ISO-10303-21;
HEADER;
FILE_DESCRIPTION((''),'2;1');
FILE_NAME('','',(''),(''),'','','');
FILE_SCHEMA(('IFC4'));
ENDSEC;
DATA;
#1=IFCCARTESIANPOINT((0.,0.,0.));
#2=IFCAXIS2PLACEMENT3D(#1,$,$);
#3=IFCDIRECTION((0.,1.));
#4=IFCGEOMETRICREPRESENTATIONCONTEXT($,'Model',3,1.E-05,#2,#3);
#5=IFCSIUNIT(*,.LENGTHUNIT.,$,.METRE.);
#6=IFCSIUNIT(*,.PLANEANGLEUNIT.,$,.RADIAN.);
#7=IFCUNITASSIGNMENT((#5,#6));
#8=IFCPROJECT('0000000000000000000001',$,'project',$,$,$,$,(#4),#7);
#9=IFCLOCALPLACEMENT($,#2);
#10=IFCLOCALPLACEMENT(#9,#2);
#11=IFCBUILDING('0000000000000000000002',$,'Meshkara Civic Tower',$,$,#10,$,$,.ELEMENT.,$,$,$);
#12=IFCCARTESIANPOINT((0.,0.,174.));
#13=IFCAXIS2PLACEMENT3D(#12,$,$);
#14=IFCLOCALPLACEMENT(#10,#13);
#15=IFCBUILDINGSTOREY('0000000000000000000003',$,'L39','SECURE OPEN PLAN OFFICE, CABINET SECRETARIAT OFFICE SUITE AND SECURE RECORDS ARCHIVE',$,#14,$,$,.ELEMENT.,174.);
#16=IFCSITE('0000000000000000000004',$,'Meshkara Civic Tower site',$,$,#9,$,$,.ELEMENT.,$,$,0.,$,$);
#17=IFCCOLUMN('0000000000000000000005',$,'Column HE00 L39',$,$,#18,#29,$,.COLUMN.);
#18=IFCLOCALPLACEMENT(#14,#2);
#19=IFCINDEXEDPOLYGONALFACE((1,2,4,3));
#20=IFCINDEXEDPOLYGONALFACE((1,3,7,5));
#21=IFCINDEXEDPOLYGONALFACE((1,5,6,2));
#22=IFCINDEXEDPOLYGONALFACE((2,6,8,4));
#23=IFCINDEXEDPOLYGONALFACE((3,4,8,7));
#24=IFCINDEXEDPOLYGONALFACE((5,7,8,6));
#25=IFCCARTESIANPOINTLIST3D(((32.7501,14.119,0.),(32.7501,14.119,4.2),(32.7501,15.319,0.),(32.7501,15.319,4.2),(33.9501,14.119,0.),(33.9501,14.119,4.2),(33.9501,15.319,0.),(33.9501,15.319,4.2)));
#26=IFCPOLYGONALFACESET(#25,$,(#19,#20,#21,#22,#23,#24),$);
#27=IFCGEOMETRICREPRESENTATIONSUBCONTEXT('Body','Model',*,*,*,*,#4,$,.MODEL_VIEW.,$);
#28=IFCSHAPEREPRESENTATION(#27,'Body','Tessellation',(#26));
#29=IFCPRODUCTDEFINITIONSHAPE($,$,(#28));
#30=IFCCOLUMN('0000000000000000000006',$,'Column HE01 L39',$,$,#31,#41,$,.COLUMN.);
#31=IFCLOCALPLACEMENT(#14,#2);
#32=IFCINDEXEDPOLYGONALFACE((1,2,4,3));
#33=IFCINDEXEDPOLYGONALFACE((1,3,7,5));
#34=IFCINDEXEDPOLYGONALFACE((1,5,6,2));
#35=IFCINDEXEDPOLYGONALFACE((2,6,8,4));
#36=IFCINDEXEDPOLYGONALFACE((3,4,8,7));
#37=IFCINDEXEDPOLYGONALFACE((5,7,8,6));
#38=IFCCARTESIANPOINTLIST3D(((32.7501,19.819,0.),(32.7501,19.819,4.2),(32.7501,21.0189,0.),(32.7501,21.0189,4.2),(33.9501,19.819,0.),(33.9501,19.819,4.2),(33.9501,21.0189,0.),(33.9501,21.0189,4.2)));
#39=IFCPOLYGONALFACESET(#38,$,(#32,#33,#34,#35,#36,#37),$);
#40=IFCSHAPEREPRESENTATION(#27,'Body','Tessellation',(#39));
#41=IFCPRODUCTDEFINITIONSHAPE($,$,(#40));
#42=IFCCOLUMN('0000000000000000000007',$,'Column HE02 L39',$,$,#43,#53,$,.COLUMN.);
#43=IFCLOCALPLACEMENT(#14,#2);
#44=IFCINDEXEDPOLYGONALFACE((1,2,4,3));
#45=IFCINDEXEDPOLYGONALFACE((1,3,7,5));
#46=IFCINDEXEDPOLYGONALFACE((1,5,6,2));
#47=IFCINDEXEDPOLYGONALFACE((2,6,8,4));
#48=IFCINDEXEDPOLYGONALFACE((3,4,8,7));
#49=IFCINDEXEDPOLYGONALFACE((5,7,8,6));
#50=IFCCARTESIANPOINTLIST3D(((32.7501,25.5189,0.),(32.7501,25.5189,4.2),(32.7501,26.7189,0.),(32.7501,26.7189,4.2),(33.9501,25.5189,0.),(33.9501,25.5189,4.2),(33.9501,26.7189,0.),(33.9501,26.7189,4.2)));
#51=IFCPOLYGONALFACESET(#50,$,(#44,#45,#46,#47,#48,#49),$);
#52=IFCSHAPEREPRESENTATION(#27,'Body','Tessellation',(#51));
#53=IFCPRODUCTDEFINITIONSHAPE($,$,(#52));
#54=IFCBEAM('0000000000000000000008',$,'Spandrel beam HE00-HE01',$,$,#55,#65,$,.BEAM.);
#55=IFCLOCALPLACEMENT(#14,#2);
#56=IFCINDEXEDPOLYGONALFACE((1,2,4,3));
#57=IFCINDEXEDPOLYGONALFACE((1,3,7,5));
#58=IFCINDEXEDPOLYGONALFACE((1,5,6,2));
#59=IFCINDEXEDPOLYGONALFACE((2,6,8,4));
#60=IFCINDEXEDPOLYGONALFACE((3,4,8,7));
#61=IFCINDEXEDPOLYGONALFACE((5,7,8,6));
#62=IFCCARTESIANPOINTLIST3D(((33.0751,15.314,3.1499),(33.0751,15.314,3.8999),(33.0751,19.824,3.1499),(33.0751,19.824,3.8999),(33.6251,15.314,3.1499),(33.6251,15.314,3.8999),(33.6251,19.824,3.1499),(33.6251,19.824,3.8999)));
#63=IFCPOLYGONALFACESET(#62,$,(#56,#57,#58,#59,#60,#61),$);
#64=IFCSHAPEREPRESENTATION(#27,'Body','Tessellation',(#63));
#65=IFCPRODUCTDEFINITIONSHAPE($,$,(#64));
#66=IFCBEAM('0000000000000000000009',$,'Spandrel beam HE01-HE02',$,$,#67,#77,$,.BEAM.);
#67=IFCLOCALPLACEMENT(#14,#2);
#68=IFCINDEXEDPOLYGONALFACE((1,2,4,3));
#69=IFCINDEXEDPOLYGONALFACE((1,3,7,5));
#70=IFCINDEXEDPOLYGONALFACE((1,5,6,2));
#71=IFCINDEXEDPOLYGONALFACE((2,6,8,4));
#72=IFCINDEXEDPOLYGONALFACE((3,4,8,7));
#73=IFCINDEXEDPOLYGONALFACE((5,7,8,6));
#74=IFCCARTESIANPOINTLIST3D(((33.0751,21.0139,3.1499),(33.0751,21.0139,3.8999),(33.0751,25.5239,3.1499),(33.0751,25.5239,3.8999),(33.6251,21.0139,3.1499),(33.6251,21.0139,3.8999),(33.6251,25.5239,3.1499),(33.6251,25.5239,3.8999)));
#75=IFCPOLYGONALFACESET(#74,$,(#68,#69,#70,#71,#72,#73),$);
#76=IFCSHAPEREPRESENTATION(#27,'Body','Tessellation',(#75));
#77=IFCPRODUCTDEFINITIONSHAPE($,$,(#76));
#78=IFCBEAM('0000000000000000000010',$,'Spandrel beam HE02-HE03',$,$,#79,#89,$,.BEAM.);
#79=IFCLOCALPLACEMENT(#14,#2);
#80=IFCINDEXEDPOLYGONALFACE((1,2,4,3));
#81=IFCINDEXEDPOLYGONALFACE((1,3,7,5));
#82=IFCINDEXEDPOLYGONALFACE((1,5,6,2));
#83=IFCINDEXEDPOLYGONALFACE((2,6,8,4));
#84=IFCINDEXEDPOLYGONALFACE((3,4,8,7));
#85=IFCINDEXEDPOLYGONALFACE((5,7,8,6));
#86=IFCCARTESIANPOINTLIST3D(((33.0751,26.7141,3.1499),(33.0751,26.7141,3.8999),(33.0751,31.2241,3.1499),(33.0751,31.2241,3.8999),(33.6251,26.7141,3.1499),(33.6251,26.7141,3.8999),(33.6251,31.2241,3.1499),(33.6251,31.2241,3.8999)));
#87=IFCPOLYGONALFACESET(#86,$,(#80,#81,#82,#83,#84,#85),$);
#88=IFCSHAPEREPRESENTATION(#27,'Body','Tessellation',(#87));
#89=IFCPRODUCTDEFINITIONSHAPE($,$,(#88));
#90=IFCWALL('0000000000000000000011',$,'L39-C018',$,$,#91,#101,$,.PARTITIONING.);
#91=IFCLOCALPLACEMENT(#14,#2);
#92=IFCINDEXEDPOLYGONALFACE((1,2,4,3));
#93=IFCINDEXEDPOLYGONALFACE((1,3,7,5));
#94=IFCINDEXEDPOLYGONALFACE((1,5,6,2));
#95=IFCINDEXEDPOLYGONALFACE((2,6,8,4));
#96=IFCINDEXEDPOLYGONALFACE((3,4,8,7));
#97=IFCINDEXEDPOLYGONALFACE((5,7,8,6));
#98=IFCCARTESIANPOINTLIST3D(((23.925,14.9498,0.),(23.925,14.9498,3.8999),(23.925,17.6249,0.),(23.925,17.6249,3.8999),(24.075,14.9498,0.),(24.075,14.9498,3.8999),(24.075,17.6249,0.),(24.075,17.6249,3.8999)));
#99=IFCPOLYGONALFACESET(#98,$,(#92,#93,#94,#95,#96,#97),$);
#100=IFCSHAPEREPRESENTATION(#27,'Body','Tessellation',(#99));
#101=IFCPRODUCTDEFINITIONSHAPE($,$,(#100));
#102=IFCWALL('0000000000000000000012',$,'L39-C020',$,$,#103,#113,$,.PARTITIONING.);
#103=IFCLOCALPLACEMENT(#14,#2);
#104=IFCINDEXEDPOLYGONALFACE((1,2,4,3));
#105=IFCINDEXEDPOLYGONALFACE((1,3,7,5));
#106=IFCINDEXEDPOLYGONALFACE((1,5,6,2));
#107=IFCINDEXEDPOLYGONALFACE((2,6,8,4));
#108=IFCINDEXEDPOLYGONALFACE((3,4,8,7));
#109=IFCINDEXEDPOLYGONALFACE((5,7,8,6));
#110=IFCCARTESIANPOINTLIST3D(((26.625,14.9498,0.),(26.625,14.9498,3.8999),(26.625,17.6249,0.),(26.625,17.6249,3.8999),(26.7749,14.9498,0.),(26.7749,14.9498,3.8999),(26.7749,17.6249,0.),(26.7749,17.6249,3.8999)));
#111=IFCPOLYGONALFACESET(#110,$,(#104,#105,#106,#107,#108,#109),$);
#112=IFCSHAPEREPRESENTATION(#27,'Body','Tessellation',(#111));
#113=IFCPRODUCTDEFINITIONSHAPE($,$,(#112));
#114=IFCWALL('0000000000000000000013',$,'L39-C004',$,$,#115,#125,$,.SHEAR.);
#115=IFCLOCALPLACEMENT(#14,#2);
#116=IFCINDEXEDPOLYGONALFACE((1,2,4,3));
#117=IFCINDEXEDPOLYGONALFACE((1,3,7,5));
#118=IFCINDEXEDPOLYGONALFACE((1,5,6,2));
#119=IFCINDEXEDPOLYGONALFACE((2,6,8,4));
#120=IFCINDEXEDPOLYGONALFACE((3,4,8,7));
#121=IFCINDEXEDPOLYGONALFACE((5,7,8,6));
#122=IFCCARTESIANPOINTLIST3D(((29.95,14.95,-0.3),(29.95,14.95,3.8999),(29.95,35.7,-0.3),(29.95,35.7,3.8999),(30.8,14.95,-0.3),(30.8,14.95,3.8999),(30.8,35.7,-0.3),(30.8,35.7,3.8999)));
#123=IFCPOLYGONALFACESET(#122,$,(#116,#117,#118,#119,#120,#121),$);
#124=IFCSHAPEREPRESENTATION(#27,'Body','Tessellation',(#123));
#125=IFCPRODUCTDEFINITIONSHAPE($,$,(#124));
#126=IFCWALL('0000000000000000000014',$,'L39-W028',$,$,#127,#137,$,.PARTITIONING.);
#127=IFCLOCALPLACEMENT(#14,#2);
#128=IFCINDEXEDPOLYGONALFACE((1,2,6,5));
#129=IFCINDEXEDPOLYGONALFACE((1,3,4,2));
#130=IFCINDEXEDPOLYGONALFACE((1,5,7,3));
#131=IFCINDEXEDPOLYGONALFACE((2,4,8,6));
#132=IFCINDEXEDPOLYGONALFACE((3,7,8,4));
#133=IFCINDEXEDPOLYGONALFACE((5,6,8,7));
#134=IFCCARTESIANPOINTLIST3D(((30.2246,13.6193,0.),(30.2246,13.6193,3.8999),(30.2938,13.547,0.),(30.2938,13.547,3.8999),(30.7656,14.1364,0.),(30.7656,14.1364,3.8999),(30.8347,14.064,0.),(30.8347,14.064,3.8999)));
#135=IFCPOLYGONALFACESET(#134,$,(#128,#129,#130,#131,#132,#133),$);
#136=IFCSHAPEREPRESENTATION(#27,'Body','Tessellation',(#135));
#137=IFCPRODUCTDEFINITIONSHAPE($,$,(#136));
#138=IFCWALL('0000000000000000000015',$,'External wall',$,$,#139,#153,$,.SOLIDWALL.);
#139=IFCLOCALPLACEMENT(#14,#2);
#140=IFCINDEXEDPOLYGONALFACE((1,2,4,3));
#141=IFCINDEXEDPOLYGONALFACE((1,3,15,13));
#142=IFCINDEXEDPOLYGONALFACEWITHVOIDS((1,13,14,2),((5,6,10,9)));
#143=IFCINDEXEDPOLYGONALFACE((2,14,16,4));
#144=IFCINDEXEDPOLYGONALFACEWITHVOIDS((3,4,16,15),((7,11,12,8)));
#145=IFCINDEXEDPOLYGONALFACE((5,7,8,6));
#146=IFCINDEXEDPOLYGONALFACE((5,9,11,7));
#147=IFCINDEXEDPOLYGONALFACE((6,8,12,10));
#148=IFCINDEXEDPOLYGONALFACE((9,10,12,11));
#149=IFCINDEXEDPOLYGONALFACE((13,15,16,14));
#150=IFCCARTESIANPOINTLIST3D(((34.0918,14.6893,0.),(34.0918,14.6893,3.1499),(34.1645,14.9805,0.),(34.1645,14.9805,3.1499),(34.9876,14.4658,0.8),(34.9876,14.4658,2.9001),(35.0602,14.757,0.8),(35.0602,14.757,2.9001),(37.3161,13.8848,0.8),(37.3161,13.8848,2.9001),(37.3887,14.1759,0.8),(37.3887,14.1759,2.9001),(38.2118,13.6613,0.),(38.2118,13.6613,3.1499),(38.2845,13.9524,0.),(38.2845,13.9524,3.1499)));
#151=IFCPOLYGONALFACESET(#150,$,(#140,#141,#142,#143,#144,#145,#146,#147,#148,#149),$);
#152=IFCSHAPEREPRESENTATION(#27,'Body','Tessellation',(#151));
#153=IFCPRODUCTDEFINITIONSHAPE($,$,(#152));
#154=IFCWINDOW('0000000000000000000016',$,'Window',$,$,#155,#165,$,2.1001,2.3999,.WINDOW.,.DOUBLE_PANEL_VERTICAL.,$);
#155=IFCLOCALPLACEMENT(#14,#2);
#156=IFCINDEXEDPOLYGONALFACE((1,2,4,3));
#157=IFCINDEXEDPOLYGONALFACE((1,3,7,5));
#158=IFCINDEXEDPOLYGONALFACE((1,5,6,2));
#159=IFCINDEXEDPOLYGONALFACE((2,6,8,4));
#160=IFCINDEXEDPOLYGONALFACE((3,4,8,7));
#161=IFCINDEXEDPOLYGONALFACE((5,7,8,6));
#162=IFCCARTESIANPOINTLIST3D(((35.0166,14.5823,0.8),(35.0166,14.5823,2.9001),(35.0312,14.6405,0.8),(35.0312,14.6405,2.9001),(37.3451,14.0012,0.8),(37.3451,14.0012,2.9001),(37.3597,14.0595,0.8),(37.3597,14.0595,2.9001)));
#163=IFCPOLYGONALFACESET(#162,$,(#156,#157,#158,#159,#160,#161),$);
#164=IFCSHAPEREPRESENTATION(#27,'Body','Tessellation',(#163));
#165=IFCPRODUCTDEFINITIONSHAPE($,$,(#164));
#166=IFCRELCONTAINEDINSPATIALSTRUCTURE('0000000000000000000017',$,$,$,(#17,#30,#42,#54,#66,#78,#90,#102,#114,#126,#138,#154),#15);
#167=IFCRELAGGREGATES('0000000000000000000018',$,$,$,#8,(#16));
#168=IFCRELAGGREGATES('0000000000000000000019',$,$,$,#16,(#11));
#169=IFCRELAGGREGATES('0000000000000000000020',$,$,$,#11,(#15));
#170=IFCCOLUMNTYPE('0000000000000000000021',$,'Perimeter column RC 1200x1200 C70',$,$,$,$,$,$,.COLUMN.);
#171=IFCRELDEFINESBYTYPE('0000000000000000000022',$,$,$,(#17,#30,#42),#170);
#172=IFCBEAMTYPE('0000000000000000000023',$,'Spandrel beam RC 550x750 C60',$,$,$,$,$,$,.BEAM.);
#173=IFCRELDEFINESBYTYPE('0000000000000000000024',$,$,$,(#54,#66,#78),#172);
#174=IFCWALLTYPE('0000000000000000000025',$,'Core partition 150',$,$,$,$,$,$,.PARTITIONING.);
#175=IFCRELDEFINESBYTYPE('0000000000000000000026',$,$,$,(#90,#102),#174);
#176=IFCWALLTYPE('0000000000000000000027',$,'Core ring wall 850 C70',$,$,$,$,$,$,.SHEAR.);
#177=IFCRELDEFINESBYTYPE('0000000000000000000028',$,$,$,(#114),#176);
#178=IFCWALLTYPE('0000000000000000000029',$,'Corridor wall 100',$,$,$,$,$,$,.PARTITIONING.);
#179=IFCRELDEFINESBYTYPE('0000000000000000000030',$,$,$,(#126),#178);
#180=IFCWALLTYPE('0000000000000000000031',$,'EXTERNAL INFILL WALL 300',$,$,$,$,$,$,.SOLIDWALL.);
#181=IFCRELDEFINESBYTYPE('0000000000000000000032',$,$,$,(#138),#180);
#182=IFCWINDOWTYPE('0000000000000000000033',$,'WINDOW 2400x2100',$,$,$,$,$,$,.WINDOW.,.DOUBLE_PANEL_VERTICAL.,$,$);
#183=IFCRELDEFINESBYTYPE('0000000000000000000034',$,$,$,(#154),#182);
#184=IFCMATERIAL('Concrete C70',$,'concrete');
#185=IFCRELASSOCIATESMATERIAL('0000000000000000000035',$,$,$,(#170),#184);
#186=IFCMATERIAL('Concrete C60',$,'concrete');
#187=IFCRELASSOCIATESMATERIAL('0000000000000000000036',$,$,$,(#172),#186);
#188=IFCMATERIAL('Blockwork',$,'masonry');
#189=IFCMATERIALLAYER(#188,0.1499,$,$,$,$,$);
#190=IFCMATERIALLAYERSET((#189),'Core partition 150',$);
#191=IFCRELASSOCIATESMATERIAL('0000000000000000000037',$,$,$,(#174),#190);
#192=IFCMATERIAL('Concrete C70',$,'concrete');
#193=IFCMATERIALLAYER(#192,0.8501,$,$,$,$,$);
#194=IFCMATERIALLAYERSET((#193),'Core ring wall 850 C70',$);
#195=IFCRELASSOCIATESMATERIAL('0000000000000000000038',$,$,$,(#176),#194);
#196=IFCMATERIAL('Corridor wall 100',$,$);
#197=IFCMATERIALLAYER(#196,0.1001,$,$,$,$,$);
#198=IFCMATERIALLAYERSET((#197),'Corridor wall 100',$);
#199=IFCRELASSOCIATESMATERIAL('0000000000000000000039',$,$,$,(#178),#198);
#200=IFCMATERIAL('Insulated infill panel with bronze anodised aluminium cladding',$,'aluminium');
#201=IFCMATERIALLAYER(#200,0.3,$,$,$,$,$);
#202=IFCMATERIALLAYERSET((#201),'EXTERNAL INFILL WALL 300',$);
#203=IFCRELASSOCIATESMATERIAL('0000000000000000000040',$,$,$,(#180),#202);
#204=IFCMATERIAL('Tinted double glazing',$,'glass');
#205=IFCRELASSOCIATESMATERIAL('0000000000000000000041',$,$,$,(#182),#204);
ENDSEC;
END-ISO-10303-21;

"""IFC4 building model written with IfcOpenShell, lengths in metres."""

from ifc_helpers import new_model, si_unit, direction, frame, frame_2d, origin, origin_2d, place, context, subcontext, project, spatial, rectangle, extrude, material, layer, layer_set, material_profile, profile_set, type_object, element, fill, save


model = new_model("IFC4")

# Units and contexts
model_context = context("Model", 3, precision=1e-05, world=origin(), true_north=direction((0.0, 1.0)))
body_context = subcontext(model_context, "Body", "Model", "MODEL_VIEW")
ifc_project = project(units=[si_unit("LENGTHUNIT", "METRE"), si_unit("PLANEANGLEUNIT", "RADIAN")], contexts=[model_context])

# Site, building, storey
site_placement = place(None, origin())
site = spatial("IfcSite", under=ifc_project, at=site_placement, Name="Meshkara Civic Tower site", CompositionType="ELEMENT", RefElevation=0.0)
building_placement = place(site_placement, origin())
building = spatial("IfcBuilding", under=site, at=building_placement, Name="Meshkara Civic Tower", CompositionType="ELEMENT")
storey_placement = place(building_placement, frame((0.0, 0.0, 174.0)))
storey = spatial("IfcBuildingStorey", under=building, at=storey_placement, Name="L39", Description="SECURE OPEN PLAN OFFICE, CABINET SECRETARIAT OFFICE SUITE AND SECURE RECORDS ARCHIVE", CompositionType="ELEMENT", Elevation=174.0)

# Columns
ifc_material_1 = material(Name="Concrete C70", Category="concrete")
ifc_material_profile_1 = material_profile(ifc_material_1, rectangle(XDim=1.2, YDim=1.2, at=origin_2d()))
ifc_profile_set_1 = profile_set([ifc_material_profile_1], Name="Concrete C70")
column_type = type_object("IfcColumnType", Name="Perimeter column RC 1200x1200 C70", PredefinedType="COLUMN", material=ifc_profile_set_1)
for number, where, z_axis, x_axis, name in (
    (1, (33.3501, 14.719, 0.0), (0.0, 0.0, 1.0), (1.0, 0.0, 0.0), "Column HE00 L39"),
    (2, (33.3501, 20.4189, 0.0), (0.0, 0.0, 1.0), (1.0, 0.0, 0.0), "Column HE01 L39"),
    (3, (33.3501, 26.1189, 0.0), (0.0, 0.0, 1.0), (1.0, 0.0, 0.0), "Column HE02 L39"),
):
    element("IfcColumn", number, at=place(storey_placement, frame(where, z_axis=z_axis, x_axis=x_axis)), inside=storey, type_object=column_type, Name=name, PredefinedType="COLUMN", context=body_context, shape_type="SweptSolid", body=[
        extrude(rectangle(XDim=1.2, YDim=1.2, at=origin_2d()), origin(), (0.0, 0.0, 1.0), 4.2),
    ])

# Beams
ifc_material_2 = material(Name="Concrete C60", Category="concrete")
ifc_material_profile_2 = material_profile(ifc_material_2, rectangle(XDim=0.55, YDim=0.75, at=origin_2d()))
ifc_profile_set_2 = profile_set([ifc_material_profile_2], Name="Concrete C60")
beam_type = type_object("IfcBeamType", Name="Spandrel beam RC 550x750 C60", PredefinedType="BEAM", material=ifc_profile_set_2)
for number, where, z_axis, x_axis, name in (
    (4, (33.3501, 15.314, 3.5249), (0.0, 1.0, 0.0), (-1.0, 0.0, 0.0), "Spandrel beam HE00-HE01"),
    (5, (33.3501, 21.0139, 3.5249), (0.0, 1.0, 0.0), (-1.0, 0.0, 0.0), "Spandrel beam HE01-HE02"),
    (6, (33.3501, 26.7141, 3.5249), (0.0, 1.0, 0.0), (-1.0, 0.0, 0.0), "Spandrel beam HE02-HE03"),
):
    element("IfcBeam", number, at=place(storey_placement, frame(where, z_axis=z_axis, x_axis=x_axis)), inside=storey, type_object=beam_type, Name=name, PredefinedType="BEAM", context=body_context, shape_type="SweptSolid", body=[
        extrude(rectangle(XDim=0.55, YDim=0.75, at=origin_2d()), origin(), (0.0, 0.0, 1.0), 4.51),
    ])

# Walls
ifc_material_3 = material(Name="Blockwork", Category="masonry")
ifc_layer_1 = layer(ifc_material_3, 0.1499)
ifc_layer_set_1 = layer_set([ifc_layer_1], Name="Core partition 150")
wall_type_1 = type_object("IfcWallType", Name="Core partition 150", PredefinedType="PARTITIONING", material=ifc_layer_set_1)
for number, where, z_axis, x_axis, name in (
    (7, (24.0, 14.95, 0.0), (0.0, 0.0, 1.0), (0.0, 1.0, 0.0), "L39-C018"),
    (8, (26.7, 14.95, 0.0), (0.0, 0.0, 1.0), (0.0, 1.0, 0.0), "L39-C020"),
):
    element("IfcWall", number, at=place(storey_placement, frame(where, z_axis=z_axis, x_axis=x_axis)), inside=storey, type_object=wall_type_1, Name=name, PredefinedType="PARTITIONING", context=body_context, shape_type="SweptSolid", body=[
        extrude(rectangle(XDim=2.675, YDim=0.1499, at=frame_2d((1.3374, 0.0))), origin(), (0.0, 0.0, 1.0), 3.8999),
    ])
ifc_material_4 = material(Name="Concrete C70", Category="concrete")
ifc_layer_2 = layer(ifc_material_4, 0.8501)
ifc_layer_set_2 = layer_set([ifc_layer_2], Name="Core ring wall 850 C70")
wall_type_2 = type_object("IfcWallType", Name="Core ring wall 850 C70", PredefinedType="SHEAR", material=ifc_layer_set_2)
wall_1_placement = place(storey_placement, frame((30.375, 14.95, -0.3), z_axis=(0.0, 0.0, 1.0), x_axis=(0.0, 1.0, 0.0)))
element("IfcWall", 9, at=wall_1_placement, inside=storey, type_object=wall_type_2, Name="L39-C004", PredefinedType="SHEAR", context=body_context, shape_type="SweptSolid", body=[
    extrude(rectangle(XDim=20.75, YDim=0.8501, at=frame_2d((10.375, 0.0))), origin(), (0.0, 0.0, 1.0), 4.2),
])
ifc_material_5 = material(Name="Corridor wall 100")
ifc_layer_3 = layer(ifc_material_5, 0.1001)
ifc_layer_set_3 = layer_set([ifc_layer_3], Name="Corridor wall 100")
wall_type_3 = type_object("IfcWallType", Name="Corridor wall 100", PredefinedType="PARTITIONING", material=ifc_layer_set_3)
wall_2_placement = place(storey_placement, frame((30.8, 14.1001, 0.0), z_axis=(0.0, 0.0, 1.0), x_axis=(-0.722911, -0.690941, 0.0)))
element("IfcWall", 10, at=wall_2_placement, inside=storey, type_object=wall_type_3, Name="L39-W028", PredefinedType="PARTITIONING", context=body_context, shape_type="SweptSolid", body=[
    extrude(rectangle(XDim=0.7483, YDim=0.1001, at=frame_2d((0.374, 0.0))), origin(), (0.0, 0.0, 1.0), 3.8999),
])

# Wall, opening, window
ifc_material_6 = material(Name="Insulated infill panel with bronze anodised aluminium cladding", Category="aluminium")
ifc_layer_4 = layer(ifc_material_6, 0.3)
ifc_layer_set_4 = layer_set([ifc_layer_4], Name="EXTERNAL INFILL WALL 300")
wall_type_4 = type_object("IfcWallType", Name="EXTERNAL INFILL WALL 300", PredefinedType="SOLIDWALL", material=ifc_layer_set_4)
wall_3_placement = place(storey_placement, frame((38.248, 13.8069, 0.0), z_axis=(0.0, 0.0, 1.0), x_axis=(-0.970251, 0.242103, 0.0)))
wall_3 = element("IfcWall", 11, at=wall_3_placement, inside=storey, type_object=wall_type_4, Name="External wall", PredefinedType="SOLIDWALL", context=body_context, shape_type="SweptSolid", body=[
    extrude(rectangle(XDim=4.2463, YDim=0.3, at=frame_2d((2.123, 0.0))), origin(), (0.0, 0.0, 1.0), 3.1499),
])
opening_1_placement = place(wall_3_placement, frame((0.9231, 0.0, 0.8)))
opening_1 = element("IfcOpeningElement", 12, at=opening_1_placement, cuts=wall_3, PredefinedType="OPENING", context=body_context, shape_type="SweptSolid", body=[
    extrude(rectangle(XDim=2.3999, YDim=2.1001, at=frame_2d((1.2, 1.05))), frame((0.0, 0.1599, 0.0), z_axis=(0.0, -1.0, 0.0), x_axis=(1.0, 0.0, 0.0)), (0.0, 0.0, 1.0), 0.3201),
])
ifc_material_7 = material(Name="Tinted double glazing", Category="glass")
window_type = type_object("IfcWindowType", Name="WINDOW 2400x2100", PartitioningType="DOUBLE_PANEL_VERTICAL", PredefinedType="WINDOW", material=ifc_material_7)
window_1_placement = place(opening_1_placement, origin())
window_1 = element("IfcWindow", 13, at=window_1_placement, inside=storey, type_object=window_type, Name="Window", OverallHeight=2.1001, OverallWidth=2.3999, PartitioningType="DOUBLE_PANEL_VERTICAL", PredefinedType="WINDOW", context=body_context, shape_type="SweptSolid", body=[
    extrude(rectangle(XDim=2.3999, YDim=2.1001, at=frame_2d((1.2, 1.05))), frame((0.0, 0.03, 0.0), z_axis=(0.0, -1.0, 0.0), x_axis=(1.0, 0.0, 0.0)), (0.0, 0.0, 1.0), 0.0601),
])
fill(opening_1, window_1)

save(model, "model.ifc")
